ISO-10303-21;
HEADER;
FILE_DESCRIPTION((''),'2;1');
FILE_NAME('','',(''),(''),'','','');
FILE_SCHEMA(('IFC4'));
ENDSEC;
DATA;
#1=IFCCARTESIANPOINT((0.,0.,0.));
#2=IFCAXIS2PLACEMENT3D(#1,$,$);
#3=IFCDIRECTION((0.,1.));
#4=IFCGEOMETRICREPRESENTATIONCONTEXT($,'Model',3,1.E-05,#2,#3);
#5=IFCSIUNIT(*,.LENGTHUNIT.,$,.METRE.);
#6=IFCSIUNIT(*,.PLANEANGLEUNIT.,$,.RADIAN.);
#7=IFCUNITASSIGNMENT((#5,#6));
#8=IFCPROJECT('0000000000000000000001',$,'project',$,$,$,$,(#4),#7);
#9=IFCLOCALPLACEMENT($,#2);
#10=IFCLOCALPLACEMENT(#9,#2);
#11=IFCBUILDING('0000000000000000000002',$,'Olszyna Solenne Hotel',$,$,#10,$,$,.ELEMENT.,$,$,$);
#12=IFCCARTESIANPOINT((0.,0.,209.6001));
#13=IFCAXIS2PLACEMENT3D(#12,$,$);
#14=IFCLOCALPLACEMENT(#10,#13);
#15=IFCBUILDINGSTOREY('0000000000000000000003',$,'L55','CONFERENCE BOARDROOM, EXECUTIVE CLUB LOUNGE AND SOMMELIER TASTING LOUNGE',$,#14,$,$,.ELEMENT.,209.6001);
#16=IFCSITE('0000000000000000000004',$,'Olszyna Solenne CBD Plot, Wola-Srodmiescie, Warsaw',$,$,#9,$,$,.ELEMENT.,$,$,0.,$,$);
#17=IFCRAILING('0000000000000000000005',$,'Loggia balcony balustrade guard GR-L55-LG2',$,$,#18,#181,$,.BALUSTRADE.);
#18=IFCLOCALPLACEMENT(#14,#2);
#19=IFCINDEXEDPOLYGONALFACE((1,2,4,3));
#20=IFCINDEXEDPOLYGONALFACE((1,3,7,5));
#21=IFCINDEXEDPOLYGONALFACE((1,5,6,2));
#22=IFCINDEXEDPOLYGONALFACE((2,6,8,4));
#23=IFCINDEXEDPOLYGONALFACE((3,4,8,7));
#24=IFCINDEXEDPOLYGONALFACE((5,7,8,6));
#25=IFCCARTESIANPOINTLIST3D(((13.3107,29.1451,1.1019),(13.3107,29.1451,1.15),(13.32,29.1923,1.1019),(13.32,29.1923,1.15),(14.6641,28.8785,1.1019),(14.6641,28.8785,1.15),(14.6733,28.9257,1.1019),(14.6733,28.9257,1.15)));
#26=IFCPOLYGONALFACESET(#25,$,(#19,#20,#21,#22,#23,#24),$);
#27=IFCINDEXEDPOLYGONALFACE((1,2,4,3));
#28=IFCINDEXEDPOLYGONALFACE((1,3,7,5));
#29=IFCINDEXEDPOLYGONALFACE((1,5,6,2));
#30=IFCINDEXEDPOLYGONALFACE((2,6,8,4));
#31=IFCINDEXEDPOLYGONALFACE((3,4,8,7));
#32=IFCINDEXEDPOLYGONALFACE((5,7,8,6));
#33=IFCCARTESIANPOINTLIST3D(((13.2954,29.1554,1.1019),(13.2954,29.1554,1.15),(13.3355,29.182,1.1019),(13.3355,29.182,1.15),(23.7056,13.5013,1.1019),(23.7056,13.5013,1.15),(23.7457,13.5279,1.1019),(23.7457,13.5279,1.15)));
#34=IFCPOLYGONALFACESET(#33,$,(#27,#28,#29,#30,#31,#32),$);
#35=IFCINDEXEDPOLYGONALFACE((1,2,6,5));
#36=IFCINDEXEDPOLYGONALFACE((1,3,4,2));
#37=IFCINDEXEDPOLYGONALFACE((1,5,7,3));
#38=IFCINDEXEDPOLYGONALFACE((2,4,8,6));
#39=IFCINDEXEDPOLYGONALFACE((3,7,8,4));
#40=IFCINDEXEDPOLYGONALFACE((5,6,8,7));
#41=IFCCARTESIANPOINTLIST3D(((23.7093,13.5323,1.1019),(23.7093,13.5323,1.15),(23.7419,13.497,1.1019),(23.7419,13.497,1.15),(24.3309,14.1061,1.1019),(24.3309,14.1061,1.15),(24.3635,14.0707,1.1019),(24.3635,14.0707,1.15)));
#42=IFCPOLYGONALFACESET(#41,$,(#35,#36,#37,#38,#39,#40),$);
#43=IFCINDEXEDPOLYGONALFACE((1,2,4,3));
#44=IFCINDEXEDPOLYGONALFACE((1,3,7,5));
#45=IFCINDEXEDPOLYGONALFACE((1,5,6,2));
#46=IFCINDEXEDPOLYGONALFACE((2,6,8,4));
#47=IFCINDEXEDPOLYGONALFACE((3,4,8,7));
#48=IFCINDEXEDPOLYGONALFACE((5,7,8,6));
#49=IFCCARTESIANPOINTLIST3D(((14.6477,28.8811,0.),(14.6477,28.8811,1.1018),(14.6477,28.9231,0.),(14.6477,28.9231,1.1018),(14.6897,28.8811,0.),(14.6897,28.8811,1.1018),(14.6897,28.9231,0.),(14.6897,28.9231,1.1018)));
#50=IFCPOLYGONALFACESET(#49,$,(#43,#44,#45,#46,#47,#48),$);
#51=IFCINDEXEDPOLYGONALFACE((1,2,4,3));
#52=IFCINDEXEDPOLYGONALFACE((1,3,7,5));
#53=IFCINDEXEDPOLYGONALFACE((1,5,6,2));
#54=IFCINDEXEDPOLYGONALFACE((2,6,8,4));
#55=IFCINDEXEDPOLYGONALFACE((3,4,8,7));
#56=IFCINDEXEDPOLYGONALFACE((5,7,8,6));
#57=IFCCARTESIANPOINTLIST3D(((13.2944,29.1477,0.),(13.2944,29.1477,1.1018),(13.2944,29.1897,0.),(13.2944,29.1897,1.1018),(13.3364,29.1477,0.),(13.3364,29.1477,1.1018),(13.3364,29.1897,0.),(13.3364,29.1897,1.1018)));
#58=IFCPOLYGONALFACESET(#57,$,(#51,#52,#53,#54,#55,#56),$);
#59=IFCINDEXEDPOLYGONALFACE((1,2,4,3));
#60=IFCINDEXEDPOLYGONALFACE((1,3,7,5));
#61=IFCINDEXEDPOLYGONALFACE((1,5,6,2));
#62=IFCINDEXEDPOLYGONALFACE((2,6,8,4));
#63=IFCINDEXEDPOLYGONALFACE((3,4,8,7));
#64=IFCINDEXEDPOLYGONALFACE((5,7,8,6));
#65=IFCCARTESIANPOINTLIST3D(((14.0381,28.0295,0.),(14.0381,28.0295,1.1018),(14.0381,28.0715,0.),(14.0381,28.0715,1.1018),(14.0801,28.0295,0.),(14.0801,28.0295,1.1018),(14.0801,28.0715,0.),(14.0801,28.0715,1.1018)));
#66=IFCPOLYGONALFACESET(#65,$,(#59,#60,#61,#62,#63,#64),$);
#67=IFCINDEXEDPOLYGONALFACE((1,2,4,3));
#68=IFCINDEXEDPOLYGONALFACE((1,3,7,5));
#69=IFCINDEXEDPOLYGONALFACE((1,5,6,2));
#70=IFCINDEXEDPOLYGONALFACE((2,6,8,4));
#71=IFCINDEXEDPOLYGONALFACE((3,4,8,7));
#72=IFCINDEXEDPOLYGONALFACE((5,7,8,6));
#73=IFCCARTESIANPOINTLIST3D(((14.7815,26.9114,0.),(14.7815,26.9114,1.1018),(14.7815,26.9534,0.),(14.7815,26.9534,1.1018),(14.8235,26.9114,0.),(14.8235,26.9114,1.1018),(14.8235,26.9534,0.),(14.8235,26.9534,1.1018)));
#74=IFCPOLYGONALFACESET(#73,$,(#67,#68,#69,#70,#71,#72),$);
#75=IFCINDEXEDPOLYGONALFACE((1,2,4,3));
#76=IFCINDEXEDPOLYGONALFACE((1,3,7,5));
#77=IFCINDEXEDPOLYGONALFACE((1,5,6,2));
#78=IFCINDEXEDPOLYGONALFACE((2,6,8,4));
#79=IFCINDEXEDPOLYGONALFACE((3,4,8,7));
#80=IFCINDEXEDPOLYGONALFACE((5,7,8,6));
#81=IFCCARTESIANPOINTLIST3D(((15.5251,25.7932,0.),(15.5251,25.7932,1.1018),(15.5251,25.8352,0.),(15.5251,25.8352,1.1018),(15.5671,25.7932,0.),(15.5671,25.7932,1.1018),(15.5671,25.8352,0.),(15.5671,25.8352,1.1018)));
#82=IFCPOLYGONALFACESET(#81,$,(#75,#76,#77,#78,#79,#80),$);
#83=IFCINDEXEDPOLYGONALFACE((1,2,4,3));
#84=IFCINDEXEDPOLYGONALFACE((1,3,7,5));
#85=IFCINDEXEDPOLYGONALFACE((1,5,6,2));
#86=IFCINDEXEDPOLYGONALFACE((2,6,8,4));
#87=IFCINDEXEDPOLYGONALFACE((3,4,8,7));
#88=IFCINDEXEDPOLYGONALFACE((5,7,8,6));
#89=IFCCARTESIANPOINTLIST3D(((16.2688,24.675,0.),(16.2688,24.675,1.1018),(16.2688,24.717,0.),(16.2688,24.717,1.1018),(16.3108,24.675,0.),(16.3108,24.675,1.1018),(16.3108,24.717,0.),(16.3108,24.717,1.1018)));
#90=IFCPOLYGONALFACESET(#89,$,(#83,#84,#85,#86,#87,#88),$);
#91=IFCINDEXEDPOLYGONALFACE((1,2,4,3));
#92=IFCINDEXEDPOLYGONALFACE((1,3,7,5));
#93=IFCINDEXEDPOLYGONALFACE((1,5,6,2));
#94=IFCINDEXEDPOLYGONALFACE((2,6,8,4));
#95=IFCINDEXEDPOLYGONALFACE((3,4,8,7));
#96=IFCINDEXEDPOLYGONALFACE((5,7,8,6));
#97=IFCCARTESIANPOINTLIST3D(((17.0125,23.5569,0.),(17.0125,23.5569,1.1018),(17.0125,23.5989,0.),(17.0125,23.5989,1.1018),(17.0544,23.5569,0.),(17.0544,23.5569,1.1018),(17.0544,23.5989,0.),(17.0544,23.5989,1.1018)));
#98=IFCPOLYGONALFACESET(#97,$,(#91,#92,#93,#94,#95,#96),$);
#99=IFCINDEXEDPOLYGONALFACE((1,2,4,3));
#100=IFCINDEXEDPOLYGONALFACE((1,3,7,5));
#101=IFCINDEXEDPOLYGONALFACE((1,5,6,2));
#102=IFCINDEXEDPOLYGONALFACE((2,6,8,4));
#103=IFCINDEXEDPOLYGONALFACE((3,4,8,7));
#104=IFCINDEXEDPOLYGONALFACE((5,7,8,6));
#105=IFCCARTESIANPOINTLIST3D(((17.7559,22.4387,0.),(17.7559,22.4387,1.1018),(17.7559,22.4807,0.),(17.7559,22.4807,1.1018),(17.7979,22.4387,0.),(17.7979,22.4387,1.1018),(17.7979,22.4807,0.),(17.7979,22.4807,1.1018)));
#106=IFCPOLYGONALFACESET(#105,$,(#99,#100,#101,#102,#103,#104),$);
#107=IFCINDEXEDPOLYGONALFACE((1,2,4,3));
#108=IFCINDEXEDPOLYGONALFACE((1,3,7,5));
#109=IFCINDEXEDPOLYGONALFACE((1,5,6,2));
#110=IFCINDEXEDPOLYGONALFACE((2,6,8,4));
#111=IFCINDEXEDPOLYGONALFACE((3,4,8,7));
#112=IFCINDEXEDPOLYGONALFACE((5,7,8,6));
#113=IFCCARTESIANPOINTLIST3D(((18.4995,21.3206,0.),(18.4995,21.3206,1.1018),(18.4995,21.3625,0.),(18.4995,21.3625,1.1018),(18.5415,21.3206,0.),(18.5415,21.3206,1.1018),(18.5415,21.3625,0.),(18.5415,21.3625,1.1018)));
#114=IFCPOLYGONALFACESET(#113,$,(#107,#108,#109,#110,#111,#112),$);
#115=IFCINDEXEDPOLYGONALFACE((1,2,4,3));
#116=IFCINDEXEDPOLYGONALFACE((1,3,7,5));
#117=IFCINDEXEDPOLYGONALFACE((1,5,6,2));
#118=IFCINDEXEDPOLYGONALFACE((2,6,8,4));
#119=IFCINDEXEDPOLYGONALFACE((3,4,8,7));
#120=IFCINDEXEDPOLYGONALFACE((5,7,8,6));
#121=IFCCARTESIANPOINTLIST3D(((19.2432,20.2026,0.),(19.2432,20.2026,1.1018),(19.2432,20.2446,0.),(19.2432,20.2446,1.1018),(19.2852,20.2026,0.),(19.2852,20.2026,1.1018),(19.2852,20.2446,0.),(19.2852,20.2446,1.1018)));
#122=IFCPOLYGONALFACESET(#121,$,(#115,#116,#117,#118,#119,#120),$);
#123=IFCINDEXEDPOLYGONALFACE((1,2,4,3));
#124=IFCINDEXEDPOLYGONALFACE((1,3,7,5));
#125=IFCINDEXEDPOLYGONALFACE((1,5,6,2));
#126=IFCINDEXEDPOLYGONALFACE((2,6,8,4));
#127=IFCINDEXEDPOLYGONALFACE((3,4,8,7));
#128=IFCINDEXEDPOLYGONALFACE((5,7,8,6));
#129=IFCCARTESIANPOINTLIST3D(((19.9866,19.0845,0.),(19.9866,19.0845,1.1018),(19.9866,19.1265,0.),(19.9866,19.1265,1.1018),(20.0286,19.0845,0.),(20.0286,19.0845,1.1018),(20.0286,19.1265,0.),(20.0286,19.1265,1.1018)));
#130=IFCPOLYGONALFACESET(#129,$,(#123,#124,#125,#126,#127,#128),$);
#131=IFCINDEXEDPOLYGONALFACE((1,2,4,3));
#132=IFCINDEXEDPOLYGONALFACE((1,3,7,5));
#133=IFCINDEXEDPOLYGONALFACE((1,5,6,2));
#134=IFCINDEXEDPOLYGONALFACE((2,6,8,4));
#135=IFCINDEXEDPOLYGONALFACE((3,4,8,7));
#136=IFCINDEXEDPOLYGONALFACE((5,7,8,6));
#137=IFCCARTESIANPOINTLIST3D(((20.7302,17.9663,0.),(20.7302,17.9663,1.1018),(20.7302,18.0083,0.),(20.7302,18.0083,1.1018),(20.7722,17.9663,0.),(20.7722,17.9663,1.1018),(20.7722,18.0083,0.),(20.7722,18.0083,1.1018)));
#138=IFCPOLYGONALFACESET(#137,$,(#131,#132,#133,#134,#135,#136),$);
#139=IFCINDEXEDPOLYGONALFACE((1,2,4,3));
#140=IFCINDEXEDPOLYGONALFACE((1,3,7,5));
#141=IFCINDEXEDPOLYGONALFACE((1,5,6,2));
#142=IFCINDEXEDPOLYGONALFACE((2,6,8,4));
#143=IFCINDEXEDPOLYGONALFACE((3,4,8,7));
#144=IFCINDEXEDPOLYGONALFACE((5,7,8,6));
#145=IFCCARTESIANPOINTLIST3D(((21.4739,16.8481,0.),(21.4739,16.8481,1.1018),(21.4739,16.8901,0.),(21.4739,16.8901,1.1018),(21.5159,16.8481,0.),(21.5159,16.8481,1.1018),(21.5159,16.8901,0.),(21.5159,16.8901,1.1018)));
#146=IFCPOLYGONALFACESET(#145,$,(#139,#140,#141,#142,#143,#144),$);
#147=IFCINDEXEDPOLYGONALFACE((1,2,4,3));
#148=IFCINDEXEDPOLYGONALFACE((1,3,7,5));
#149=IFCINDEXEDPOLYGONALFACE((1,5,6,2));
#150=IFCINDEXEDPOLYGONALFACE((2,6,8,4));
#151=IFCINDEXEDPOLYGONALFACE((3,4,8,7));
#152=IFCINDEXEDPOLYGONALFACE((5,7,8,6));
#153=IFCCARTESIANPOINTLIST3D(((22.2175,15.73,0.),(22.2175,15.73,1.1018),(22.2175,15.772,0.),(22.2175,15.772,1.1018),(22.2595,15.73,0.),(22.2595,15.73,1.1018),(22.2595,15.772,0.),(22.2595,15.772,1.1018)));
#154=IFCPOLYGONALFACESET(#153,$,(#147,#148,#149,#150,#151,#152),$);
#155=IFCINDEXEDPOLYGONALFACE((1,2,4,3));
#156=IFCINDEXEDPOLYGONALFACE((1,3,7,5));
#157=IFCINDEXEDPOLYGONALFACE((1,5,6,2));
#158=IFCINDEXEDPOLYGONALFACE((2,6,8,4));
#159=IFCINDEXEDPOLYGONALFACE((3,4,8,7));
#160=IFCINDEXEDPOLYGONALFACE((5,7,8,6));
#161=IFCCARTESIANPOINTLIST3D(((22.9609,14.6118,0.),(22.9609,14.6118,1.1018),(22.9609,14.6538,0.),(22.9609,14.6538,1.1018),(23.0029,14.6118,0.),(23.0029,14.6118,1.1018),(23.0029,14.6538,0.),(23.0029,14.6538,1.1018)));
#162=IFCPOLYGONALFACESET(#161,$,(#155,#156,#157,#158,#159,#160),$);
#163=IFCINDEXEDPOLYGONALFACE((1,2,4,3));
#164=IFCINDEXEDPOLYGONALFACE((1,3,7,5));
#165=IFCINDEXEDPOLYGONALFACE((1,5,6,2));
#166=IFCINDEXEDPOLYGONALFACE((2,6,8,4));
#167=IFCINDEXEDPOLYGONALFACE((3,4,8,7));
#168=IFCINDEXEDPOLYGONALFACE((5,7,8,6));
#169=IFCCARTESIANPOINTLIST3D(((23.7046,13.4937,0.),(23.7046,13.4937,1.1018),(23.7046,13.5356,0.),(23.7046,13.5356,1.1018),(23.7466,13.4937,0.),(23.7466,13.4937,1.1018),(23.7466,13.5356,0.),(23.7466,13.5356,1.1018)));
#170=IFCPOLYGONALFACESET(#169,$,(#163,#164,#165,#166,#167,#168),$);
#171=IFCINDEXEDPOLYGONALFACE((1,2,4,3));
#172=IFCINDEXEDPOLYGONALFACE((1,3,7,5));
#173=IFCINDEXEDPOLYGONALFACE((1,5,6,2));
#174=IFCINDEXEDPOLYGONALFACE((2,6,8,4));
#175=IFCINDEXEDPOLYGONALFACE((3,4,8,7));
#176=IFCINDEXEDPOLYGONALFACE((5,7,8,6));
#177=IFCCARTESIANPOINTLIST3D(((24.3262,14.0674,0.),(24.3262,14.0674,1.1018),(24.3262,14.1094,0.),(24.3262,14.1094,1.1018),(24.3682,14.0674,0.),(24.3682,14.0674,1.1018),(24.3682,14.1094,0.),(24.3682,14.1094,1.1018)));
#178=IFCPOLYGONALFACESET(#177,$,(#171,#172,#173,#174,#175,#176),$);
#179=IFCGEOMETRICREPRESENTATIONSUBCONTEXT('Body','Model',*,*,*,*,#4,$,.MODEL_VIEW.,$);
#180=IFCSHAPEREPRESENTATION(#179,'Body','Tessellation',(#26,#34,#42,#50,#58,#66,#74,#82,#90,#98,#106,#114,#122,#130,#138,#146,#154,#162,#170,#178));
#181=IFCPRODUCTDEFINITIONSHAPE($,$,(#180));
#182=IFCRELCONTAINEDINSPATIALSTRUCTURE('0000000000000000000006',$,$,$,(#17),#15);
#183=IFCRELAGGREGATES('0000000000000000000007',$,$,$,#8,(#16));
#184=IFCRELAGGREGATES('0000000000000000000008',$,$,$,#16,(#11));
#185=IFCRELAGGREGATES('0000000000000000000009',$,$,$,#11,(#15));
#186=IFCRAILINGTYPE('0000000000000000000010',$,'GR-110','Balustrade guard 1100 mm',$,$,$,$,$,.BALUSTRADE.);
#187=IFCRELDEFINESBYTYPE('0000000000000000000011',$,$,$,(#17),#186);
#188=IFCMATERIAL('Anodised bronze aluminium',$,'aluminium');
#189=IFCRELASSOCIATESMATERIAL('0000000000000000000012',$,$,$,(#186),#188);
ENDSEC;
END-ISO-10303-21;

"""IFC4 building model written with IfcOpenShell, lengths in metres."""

from ifc_helpers import new_model, si_unit, direction, frame, origin, origin_2d, place, context, subcontext, project, spatial, rectangle, extrude, material, type_object, element, save


model = new_model("IFC4")

# Units and contexts
model_context = context("Model", 3, precision=1e-05, world=origin(), true_north=direction((0.0, 1.0)))
body_context = subcontext(model_context, "Body", "Model", "MODEL_VIEW")
ifc_project = project(units=[si_unit("LENGTHUNIT", "METRE"), si_unit("PLANEANGLEUNIT", "RADIAN")], contexts=[model_context])

# Site, building, storey
site_placement = place(None, origin())
site = spatial("IfcSite", under=ifc_project, at=site_placement, Name="Olszyna Solenne CBD Plot, Wola-Srodmiescie, Warsaw", CompositionType="ELEMENT", RefElevation=0.0)
building_placement = place(site_placement, origin())
building = spatial("IfcBuilding", under=site, at=building_placement, Name="Olszyna Solenne Hotel", CompositionType="ELEMENT")
storey_placement = place(building_placement, frame((0.0, 0.0, 209.6001)))
storey = spatial("IfcBuildingStorey", under=building, at=storey_placement, Name="L55", Description="CONFERENCE BOARDROOM, EXECUTIVE CLUB LOUNGE AND SOMMELIER TASTING LOUNGE", CompositionType="ELEMENT", Elevation=209.6001)

# Railing
ifc_material_1 = material(Name="Anodised bronze aluminium", Category="aluminium")
railing_type = type_object("IfcRailingType", Name="GR-110", Description="Balustrade guard 1100 mm", PredefinedType="BALUSTRADE", material=ifc_material_1)
railing_placement = place(storey_placement, frame((14.6687, 28.9021, 0.0)))
element("IfcRailing", 1, at=railing_placement, inside=storey, type_object=railing_type, Name="Loggia balcony balustrade guard GR-L55-LG2", PredefinedType="BALUSTRADE", context=body_context, shape_type="SweptSolid", body=[
    extrude(rectangle(XDim=0.0481, YDim=0.0481, at=origin_2d()), frame((0.0, 0.0, 1.126), z_axis=(-0.981142, 0.19329, 0.0), x_axis=(-0.19329, -0.981142, 0.0)), (0.0, 0.0, 1.0), 1.3794),
    extrude(rectangle(XDim=0.0481, YDim=0.0481, at=origin_2d()), frame((-1.3533, 0.2666, 1.126), z_axis=(0.553747, -0.832685, 0.0), x_axis=(0.832685, 0.553747, 0.0)), (0.0, 0.0, 1.0), 18.7996),
    extrude(rectangle(XDim=0.0481, YDim=0.0481, at=origin_2d()), frame((9.0569, -15.3875, 1.126), z_axis=(0.734826, 0.678256, 0.0), x_axis=(-0.678256, 0.734826, 0.0)), (0.0, 0.0, 1.0), 0.8459),
    extrude(rectangle(XDim=0.042, YDim=0.042, at=origin_2d()), origin(), (0.0, 0.0, 1.0), 1.1018),
    extrude(rectangle(XDim=0.042, YDim=0.042, at=origin_2d()), frame((-1.3533, 0.2666, 0.0)), (0.0, 0.0, 1.0), 1.1018),
    extrude(rectangle(XDim=0.042, YDim=0.042, at=origin_2d()), frame((-0.6096, -0.8516, 0.0)), (0.0, 0.0, 1.0), 1.1018),
    extrude(rectangle(XDim=0.042, YDim=0.042, at=origin_2d()), frame((0.1338, -1.9697, 0.0)), (0.0, 0.0, 1.0), 1.1018),
    extrude(rectangle(XDim=0.042, YDim=0.042, at=origin_2d()), frame((0.8774, -3.0879, 0.0)), (0.0, 0.0, 1.0), 1.1018),
    extrude(rectangle(XDim=0.042, YDim=0.042, at=origin_2d()), frame((1.6211, -4.2061, 0.0)), (0.0, 0.0, 1.0), 1.1018),
    extrude(rectangle(XDim=0.042, YDim=0.042, at=origin_2d()), frame((2.3647, -5.3242, 0.0)), (0.0, 0.0, 1.0), 1.1018),
    extrude(rectangle(XDim=0.042, YDim=0.042, at=origin_2d()), frame((3.1082, -6.4424, 0.0)), (0.0, 0.0, 1.0), 1.1018),
    extrude(rectangle(XDim=0.042, YDim=0.042, at=origin_2d()), frame((3.8518, -7.5605, 0.0)), (0.0, 0.0, 1.0), 1.1018),
    extrude(rectangle(XDim=0.042, YDim=0.042, at=origin_2d()), frame((4.5955, -8.6785, 0.0)), (0.0, 0.0, 1.0), 1.1018),
    extrude(rectangle(XDim=0.042, YDim=0.042, at=origin_2d()), frame((5.3389, -9.7966, 0.0)), (0.0, 0.0, 1.0), 1.1018),
    extrude(rectangle(XDim=0.042, YDim=0.042, at=origin_2d()), frame((6.0825, -10.9148, 0.0)), (0.0, 0.0, 1.0), 1.1018),
    extrude(rectangle(XDim=0.042, YDim=0.042, at=origin_2d()), frame((6.8262, -12.033, 0.0)), (0.0, 0.0, 1.0), 1.1018),
    extrude(rectangle(XDim=0.042, YDim=0.042, at=origin_2d()), frame((7.5698, -13.1511, 0.0)), (0.0, 0.0, 1.0), 1.1018),
    extrude(rectangle(XDim=0.042, YDim=0.042, at=origin_2d()), frame((8.3132, -14.2693, 0.0)), (0.0, 0.0, 1.0), 1.1018),
    extrude(rectangle(XDim=0.042, YDim=0.042, at=origin_2d()), frame((9.0569, -15.3875, 0.0)), (0.0, 0.0, 1.0), 1.1018),
    extrude(rectangle(XDim=0.042, YDim=0.042, at=origin_2d()), frame((9.6785, -14.8137, 0.0)), (0.0, 0.0, 1.0), 1.1018),
])

save(model, "model.ifc")
